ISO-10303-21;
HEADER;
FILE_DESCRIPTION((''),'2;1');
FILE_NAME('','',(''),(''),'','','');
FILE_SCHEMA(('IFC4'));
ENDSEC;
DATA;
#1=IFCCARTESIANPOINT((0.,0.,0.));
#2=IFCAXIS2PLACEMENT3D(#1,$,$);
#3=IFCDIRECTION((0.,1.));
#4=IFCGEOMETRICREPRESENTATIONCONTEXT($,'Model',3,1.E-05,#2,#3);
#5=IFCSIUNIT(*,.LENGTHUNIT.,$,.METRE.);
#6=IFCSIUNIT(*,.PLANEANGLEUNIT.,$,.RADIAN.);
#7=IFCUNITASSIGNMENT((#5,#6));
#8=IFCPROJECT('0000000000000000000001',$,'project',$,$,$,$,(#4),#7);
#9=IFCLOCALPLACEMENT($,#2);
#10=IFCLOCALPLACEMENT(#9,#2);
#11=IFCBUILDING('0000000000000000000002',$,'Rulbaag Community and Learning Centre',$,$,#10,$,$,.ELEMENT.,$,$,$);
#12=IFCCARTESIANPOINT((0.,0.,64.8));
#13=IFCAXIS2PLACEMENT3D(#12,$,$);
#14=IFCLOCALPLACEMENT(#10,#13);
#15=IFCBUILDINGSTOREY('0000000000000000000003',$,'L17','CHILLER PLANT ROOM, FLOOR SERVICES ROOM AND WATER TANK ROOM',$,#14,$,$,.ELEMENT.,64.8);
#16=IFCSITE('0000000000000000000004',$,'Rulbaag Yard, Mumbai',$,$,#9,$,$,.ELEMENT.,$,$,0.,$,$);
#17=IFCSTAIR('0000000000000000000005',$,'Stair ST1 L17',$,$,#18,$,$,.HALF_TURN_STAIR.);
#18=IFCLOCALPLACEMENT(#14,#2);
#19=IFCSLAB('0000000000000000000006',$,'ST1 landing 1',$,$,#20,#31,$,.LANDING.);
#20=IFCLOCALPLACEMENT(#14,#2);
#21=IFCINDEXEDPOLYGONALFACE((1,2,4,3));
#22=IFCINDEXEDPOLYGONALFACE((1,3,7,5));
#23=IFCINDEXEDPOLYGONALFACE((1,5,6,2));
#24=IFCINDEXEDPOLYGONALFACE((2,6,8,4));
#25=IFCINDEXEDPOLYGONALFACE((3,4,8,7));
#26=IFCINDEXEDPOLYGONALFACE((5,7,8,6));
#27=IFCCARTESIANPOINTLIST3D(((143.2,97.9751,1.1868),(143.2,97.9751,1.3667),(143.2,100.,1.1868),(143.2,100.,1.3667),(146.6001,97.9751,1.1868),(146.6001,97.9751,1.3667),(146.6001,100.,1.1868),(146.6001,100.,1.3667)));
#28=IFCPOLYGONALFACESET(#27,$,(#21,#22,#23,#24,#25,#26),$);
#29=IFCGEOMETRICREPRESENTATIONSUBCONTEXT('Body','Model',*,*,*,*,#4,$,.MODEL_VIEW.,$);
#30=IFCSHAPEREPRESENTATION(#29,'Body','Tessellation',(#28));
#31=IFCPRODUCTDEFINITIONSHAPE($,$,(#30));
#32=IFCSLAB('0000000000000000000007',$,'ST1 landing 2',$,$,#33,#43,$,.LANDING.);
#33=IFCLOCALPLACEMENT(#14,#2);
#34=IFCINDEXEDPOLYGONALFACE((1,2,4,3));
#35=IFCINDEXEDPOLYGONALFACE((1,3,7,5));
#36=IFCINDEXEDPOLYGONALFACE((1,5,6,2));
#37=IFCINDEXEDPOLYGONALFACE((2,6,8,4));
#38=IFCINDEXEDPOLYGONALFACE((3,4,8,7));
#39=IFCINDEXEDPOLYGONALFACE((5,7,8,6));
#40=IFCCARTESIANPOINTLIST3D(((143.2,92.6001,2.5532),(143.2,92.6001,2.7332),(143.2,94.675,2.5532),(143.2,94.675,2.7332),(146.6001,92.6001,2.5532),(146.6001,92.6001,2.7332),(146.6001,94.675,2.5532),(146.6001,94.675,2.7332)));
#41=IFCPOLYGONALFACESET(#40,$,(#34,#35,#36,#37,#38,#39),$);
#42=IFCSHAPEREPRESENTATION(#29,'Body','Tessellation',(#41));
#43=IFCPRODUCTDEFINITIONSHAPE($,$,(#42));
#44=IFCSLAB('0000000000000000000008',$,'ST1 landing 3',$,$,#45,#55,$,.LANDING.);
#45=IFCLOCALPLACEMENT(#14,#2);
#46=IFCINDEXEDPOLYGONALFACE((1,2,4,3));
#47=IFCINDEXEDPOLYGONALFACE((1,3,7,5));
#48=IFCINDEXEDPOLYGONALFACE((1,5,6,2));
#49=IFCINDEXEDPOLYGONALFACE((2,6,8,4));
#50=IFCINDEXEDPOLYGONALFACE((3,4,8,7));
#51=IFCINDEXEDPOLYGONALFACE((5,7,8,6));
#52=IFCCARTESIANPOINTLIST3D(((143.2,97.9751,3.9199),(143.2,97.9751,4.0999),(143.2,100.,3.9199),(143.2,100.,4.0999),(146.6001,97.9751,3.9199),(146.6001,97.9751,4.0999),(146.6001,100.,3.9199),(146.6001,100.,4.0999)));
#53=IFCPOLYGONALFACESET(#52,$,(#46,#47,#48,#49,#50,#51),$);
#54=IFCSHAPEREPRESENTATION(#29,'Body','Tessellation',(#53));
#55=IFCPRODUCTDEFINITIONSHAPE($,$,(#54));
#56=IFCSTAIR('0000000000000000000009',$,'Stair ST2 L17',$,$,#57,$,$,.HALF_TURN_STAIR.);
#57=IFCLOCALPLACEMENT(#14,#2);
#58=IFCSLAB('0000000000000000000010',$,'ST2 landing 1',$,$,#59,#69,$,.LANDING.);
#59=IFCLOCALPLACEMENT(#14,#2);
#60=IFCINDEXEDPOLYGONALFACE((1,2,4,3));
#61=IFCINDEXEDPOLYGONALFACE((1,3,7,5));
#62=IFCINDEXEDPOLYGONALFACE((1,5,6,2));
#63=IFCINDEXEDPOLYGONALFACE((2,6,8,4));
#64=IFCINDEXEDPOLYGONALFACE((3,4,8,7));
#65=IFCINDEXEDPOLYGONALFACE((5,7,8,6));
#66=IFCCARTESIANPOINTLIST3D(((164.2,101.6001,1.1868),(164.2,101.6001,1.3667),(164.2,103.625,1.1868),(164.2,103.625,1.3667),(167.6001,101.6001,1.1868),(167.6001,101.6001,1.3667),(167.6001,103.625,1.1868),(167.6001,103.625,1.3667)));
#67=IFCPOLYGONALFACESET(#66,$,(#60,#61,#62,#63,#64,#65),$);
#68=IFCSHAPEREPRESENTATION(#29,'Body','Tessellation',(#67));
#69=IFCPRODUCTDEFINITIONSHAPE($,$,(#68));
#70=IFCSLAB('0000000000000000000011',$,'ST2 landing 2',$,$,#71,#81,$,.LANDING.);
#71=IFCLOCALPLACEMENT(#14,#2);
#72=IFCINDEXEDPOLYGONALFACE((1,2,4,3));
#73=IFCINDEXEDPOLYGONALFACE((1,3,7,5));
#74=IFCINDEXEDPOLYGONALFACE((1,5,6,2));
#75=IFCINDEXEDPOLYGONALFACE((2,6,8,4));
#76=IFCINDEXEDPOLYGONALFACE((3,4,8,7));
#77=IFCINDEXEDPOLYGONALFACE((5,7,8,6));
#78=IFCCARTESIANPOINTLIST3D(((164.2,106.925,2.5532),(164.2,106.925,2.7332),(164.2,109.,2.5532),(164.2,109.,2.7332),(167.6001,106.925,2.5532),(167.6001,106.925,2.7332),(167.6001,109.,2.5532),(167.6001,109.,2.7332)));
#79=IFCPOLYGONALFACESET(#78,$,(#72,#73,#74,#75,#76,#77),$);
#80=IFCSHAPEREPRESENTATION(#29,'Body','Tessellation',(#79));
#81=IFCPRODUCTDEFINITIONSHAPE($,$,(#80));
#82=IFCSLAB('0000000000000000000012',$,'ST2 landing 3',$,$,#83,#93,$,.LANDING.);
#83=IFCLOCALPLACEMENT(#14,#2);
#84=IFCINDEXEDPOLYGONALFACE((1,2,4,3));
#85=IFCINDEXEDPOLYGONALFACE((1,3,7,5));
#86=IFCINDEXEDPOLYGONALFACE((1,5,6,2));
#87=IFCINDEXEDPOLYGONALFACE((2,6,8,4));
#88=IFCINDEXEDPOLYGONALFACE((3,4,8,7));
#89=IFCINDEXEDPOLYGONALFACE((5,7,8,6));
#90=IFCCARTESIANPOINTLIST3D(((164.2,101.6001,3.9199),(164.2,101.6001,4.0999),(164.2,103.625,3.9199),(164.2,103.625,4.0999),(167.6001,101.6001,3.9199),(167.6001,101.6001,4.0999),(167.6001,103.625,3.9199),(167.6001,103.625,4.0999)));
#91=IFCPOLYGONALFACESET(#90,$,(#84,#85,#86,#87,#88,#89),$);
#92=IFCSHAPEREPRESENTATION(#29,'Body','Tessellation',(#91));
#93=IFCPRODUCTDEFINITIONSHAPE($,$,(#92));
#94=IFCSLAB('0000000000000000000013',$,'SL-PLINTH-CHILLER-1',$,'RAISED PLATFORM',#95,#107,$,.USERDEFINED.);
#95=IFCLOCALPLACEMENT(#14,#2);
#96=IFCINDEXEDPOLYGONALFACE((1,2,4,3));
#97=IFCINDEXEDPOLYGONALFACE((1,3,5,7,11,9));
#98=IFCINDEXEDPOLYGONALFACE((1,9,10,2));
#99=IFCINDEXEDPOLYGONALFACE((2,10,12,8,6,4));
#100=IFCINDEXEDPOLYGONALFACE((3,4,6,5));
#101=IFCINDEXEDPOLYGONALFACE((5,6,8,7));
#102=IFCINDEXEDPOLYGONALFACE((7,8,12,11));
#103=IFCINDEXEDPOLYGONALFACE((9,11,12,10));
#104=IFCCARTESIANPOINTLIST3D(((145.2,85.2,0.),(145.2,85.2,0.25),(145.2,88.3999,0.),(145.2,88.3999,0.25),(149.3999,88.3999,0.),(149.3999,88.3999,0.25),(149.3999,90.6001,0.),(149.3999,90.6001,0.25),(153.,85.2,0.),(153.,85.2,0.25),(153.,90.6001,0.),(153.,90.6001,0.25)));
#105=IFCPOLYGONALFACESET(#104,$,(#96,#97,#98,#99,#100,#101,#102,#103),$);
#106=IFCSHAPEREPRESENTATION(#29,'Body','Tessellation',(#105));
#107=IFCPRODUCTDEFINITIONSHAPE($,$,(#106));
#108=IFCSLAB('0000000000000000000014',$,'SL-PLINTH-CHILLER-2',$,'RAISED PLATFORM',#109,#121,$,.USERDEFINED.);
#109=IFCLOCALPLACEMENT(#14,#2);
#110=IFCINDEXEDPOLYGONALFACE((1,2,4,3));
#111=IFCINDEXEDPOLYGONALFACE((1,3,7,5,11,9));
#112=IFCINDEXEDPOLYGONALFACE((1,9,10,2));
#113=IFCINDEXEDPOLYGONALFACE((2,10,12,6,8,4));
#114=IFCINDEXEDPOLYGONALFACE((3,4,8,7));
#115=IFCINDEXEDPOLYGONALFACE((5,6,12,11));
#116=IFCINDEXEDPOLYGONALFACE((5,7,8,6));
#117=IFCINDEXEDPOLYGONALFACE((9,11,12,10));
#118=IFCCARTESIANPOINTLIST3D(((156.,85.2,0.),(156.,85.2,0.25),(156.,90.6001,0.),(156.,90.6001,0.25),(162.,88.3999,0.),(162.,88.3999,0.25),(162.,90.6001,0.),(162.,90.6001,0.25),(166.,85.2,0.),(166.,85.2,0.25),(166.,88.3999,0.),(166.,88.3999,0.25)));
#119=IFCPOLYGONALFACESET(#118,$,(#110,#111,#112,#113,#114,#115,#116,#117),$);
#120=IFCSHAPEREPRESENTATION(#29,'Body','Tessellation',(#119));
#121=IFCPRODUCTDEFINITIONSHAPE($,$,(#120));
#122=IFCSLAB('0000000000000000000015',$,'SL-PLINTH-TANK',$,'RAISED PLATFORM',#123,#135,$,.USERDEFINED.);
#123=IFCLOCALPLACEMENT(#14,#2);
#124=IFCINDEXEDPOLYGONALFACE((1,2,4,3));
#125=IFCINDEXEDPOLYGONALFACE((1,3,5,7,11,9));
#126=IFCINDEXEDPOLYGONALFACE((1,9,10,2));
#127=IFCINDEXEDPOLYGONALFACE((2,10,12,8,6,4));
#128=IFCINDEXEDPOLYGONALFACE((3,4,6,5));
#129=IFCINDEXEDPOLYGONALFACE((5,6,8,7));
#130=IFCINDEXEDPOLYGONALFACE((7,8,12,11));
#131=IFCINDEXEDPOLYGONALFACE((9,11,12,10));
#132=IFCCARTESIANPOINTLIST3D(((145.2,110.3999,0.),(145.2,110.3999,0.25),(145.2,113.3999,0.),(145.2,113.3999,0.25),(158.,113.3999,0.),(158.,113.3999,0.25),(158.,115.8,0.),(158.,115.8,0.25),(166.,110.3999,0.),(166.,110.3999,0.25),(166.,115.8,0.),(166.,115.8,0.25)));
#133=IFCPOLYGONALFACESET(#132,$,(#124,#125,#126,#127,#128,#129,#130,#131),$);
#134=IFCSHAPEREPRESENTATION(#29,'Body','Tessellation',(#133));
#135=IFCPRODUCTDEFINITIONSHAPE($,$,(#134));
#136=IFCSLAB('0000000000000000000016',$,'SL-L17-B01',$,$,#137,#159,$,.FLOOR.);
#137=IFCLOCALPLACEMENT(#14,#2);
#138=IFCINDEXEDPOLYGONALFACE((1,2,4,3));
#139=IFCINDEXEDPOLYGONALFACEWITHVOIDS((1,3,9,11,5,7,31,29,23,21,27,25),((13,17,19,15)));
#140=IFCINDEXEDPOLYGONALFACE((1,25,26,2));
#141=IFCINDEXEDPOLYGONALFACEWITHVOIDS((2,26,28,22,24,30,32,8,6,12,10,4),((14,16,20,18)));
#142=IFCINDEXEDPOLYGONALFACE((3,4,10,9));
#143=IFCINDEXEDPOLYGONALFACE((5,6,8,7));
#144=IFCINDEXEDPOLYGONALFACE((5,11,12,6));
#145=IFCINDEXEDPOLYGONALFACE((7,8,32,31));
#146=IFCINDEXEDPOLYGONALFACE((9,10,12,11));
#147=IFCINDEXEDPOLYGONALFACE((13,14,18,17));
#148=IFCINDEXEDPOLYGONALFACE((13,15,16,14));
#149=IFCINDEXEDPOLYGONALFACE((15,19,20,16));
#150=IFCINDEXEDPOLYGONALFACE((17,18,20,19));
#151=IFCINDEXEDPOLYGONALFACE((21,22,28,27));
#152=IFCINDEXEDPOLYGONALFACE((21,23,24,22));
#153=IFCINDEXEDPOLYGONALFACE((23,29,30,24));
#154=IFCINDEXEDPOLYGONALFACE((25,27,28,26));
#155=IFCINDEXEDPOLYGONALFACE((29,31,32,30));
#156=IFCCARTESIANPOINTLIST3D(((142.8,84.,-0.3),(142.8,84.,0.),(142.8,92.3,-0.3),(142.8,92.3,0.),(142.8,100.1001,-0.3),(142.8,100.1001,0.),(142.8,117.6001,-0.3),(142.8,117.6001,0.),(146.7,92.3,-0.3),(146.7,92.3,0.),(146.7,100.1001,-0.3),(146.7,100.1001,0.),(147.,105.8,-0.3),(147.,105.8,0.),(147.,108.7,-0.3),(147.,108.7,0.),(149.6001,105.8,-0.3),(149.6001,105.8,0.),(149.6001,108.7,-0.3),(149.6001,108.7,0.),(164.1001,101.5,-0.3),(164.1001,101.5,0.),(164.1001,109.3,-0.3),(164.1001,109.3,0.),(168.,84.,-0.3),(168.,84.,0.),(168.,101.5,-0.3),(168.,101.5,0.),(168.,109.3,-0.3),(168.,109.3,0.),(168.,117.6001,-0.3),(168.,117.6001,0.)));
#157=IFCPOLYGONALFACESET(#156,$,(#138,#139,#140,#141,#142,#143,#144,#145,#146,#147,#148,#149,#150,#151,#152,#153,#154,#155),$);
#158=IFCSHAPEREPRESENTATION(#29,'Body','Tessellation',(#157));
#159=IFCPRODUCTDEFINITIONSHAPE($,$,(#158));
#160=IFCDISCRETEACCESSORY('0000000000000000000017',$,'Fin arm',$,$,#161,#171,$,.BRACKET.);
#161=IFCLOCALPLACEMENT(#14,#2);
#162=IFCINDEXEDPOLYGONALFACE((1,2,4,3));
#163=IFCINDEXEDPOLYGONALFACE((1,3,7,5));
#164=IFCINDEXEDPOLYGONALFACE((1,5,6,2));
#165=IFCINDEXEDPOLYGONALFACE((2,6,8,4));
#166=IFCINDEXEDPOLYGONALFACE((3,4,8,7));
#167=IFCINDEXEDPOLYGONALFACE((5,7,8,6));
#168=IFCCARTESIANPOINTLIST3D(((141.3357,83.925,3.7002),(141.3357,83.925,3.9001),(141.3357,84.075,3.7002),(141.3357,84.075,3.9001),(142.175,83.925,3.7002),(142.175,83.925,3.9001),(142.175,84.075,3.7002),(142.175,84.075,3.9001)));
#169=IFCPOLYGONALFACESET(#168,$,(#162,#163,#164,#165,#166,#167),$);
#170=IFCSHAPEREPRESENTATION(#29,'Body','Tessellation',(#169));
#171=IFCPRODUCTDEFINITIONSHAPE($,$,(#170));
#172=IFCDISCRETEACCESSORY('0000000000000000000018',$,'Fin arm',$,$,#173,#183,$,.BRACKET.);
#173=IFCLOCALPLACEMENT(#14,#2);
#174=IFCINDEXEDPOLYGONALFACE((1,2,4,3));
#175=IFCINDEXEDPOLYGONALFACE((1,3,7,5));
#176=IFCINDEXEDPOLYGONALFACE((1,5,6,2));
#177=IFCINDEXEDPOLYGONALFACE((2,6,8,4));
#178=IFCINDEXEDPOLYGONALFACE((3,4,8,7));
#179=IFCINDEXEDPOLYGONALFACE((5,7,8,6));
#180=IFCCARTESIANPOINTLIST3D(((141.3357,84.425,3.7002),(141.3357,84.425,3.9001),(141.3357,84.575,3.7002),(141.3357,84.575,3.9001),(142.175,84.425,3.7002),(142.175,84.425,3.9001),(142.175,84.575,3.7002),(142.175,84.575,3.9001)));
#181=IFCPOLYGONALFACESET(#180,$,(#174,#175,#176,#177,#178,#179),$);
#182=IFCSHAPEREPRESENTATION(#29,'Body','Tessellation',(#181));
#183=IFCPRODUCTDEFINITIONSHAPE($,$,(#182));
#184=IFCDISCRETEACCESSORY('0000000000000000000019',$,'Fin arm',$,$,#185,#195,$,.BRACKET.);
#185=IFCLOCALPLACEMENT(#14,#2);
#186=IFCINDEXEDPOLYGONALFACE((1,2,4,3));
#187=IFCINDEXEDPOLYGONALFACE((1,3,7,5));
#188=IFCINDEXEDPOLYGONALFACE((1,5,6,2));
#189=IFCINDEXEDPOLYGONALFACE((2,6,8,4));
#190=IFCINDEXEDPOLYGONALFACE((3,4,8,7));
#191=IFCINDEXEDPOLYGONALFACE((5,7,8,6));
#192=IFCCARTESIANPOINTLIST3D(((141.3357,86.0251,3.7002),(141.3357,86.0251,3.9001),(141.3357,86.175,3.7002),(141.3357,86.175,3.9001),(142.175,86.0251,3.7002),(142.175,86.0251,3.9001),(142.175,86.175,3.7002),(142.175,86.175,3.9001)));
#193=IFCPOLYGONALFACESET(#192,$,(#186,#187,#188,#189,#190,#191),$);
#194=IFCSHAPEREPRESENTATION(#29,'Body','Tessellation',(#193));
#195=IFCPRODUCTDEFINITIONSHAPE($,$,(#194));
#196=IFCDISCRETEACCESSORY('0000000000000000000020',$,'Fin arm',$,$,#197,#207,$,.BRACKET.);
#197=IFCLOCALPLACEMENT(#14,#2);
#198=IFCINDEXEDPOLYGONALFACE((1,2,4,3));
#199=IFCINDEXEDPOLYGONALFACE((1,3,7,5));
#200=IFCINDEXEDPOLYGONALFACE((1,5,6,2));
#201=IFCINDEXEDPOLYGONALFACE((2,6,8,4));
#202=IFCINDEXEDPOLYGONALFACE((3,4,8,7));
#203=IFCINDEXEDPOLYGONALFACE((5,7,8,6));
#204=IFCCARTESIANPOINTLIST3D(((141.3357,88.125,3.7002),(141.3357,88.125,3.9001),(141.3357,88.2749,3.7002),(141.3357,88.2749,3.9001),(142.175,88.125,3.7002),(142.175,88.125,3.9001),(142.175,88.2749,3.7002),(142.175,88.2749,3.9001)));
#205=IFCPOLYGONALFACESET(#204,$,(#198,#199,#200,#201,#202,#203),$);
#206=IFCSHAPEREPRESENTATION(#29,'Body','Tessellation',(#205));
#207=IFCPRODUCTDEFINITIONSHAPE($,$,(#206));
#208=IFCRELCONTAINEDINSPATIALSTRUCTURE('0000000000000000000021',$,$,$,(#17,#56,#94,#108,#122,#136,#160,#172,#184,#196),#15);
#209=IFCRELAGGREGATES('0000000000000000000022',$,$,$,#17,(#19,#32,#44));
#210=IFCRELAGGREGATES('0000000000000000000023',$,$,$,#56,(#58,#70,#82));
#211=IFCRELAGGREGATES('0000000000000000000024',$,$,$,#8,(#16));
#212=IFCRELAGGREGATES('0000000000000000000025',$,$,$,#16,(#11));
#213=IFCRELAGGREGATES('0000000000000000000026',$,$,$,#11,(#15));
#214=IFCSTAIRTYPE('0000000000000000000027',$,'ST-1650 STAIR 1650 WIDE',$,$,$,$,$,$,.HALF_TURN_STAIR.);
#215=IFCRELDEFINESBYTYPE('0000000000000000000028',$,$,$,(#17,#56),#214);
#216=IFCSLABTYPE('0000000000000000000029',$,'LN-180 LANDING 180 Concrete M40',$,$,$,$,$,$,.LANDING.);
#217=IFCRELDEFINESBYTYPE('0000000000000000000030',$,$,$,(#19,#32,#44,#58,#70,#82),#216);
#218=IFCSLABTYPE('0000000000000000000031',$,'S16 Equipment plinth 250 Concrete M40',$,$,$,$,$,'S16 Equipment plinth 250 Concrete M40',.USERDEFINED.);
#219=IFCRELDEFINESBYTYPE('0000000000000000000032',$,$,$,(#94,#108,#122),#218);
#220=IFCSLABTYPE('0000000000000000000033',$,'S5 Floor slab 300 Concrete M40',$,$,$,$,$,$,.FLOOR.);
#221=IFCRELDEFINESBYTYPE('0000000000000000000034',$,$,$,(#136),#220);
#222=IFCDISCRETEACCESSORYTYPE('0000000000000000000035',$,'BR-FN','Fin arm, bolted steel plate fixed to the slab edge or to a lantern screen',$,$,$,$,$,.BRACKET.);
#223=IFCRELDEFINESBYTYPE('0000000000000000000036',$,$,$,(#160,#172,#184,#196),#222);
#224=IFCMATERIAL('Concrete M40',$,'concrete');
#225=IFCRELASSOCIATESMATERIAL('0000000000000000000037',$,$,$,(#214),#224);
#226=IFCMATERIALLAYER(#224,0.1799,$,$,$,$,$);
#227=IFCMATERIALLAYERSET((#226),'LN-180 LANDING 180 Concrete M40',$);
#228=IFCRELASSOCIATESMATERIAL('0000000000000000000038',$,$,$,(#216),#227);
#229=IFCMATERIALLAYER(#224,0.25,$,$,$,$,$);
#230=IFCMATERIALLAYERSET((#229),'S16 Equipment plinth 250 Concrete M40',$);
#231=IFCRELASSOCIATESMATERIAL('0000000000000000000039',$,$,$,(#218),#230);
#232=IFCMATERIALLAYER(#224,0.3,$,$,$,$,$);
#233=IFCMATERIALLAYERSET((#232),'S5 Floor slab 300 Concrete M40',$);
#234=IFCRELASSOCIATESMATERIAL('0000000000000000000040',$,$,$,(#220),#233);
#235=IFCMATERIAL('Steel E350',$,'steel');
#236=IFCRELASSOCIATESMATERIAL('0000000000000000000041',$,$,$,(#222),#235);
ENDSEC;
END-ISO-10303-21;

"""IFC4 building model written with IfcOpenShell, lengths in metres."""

from ifc_helpers import new_model, si_unit, direction, frame, origin, origin_2d, place, context, subcontext, project, spatial, polyline, rectangle, outline, extrude, material, layer, layer_set, type_object, element, aggregate, save


model = new_model("IFC4")

# Units and contexts
model_context = context("Model", 3, precision=1e-05, world=origin(), true_north=direction((0.0, 1.0)))
body_context = subcontext(model_context, "Body", "Model", "MODEL_VIEW")
ifc_project = project(units=[si_unit("LENGTHUNIT", "METRE"), si_unit("PLANEANGLEUNIT", "RADIAN")], contexts=[model_context])

# Site, building, storey
site_placement = place(None, origin())
site = spatial("IfcSite", under=ifc_project, at=site_placement, Name="Rulbaag Yard, Mumbai", CompositionType="ELEMENT", RefElevation=0.0)
building_placement = place(site_placement, origin())
building = spatial("IfcBuilding", under=site, at=building_placement, Name="Rulbaag Community and Learning Centre", CompositionType="ELEMENT")
storey_placement = place(building_placement, frame((0.0, 0.0, 64.8)))
storey = spatial("IfcBuildingStorey", under=building, at=storey_placement, Name="L17", Description="CHILLER PLANT ROOM, FLOOR SERVICES ROOM AND WATER TANK ROOM", CompositionType="ELEMENT", Elevation=64.8)

# Stairs, slabs
ifc_material_1 = material(Name="Concrete M40", Category="concrete")
stair_type = type_object("IfcStairType", Name="ST-1650 STAIR 1650 WIDE", PredefinedType="HALF_TURN_STAIR", material=ifc_material_1)
stair_1_placement = place(storey_placement, origin())
stair_1 = element("IfcStair", 1, at=stair_1_placement, inside=storey, type_object=stair_type, Name="Stair ST1 L17", PredefinedType="HALF_TURN_STAIR")
ifc_layer_1 = layer(ifc_material_1, 0.1799)
ifc_layer_set_1 = layer_set([ifc_layer_1], Name="LN-180 LANDING 180 Concrete M40")
slab_type_1 = type_object("IfcSlabType", Name="LN-180 LANDING 180 Concrete M40", PredefinedType="LANDING", material=ifc_layer_set_1)
slab_1_placement = place(storey_placement, frame((0.0, 0.0, 1.1868)))
slab_1 = element("IfcSlab", 2, at=slab_1_placement, type_object=slab_type_1, Name="ST1 landing 1", PredefinedType="LANDING", context=body_context, shape_type="SweptSolid", body=[
    extrude(outline(polyline([(143.2, 97.9751), (143.2, 100.0), (146.6001, 100.0), (146.6001, 97.9751), (143.2, 97.9751)])), origin(), (0.0, 0.0, 1.0), 0.1799),
])
slab_2_placement = place(storey_placement, frame((0.0, 0.0, 2.5532)))
slab_2 = element("IfcSlab", 3, at=slab_2_placement, type_object=slab_type_1, Name="ST1 landing 2", PredefinedType="LANDING", context=body_context, shape_type="SweptSolid", body=[
    extrude(outline(polyline([(143.2, 92.6001), (143.2, 94.675), (146.6001, 94.675), (146.6001, 92.6001), (143.2, 92.6001)])), origin(), (0.0, 0.0, 1.0), 0.1799),
])
slab_3_placement = place(storey_placement, frame((0.0, 0.0, 3.9199)))
slab_3 = element("IfcSlab", 4, at=slab_3_placement, type_object=slab_type_1, Name="ST1 landing 3", PredefinedType="LANDING", context=body_context, shape_type="SweptSolid", body=[
    extrude(outline(polyline([(143.2, 97.9751), (143.2, 100.0), (146.6001, 100.0), (146.6001, 97.9751), (143.2, 97.9751)])), origin(), (0.0, 0.0, 1.0), 0.1799),
])
aggregate(stair_1, [slab_1, slab_2, slab_3])
stair_2_placement = place(storey_placement, origin())
stair_2 = element("IfcStair", 5, at=stair_2_placement, inside=storey, type_object=stair_type, Name="Stair ST2 L17", PredefinedType="HALF_TURN_STAIR")
slab_4_placement = place(storey_placement, frame((0.0, 0.0, 1.1868)))
slab_4 = element("IfcSlab", 6, at=slab_4_placement, type_object=slab_type_1, Name="ST2 landing 1", PredefinedType="LANDING", context=body_context, shape_type="SweptSolid", body=[
    extrude(outline(polyline([(164.2, 101.6001), (164.2, 103.625), (167.6001, 103.625), (167.6001, 101.6001), (164.2, 101.6001)])), origin(), (0.0, 0.0, 1.0), 0.1799),
])
slab_5_placement = place(storey_placement, frame((0.0, 0.0, 2.5532)))
slab_5 = element("IfcSlab", 7, at=slab_5_placement, type_object=slab_type_1, Name="ST2 landing 2", PredefinedType="LANDING", context=body_context, shape_type="SweptSolid", body=[
    extrude(outline(polyline([(164.2, 106.925), (164.2, 109.0), (167.6001, 109.0), (167.6001, 106.925), (164.2, 106.925)])), origin(), (0.0, 0.0, 1.0), 0.1799),
])
slab_6_placement = place(storey_placement, frame((0.0, 0.0, 3.9199)))
slab_6 = element("IfcSlab", 8, at=slab_6_placement, type_object=slab_type_1, Name="ST2 landing 3", PredefinedType="LANDING", context=body_context, shape_type="SweptSolid", body=[
    extrude(outline(polyline([(164.2, 101.6001), (164.2, 103.625), (167.6001, 103.625), (167.6001, 101.6001), (164.2, 101.6001)])), origin(), (0.0, 0.0, 1.0), 0.1799),
])
aggregate(stair_2, [slab_4, slab_5, slab_6])

# Slabs
ifc_layer_2 = layer(ifc_material_1, 0.25)
ifc_layer_set_2 = layer_set([ifc_layer_2], Name="S16 Equipment plinth 250 Concrete M40")
slab_type_2 = type_object("IfcSlabType", Name="S16 Equipment plinth 250 Concrete M40", ElementType="S16 Equipment plinth 250 Concrete M40", PredefinedType="USERDEFINED", material=ifc_layer_set_2)
slab_7_placement = place(storey_placement, origin())
element("IfcSlab", 9, at=slab_7_placement, inside=storey, type_object=slab_type_2, Name="SL-PLINTH-CHILLER-1", ObjectType="RAISED PLATFORM", PredefinedType="USERDEFINED", context=body_context, shape_type="SweptSolid", body=[
    extrude(outline(polyline([(145.2, 85.2), (153.0, 85.2), (153.0, 90.6001), (149.3999, 90.6001), (149.3999, 88.3999), (145.2, 88.3999), (145.2, 85.2)])), origin(), (0.0, 0.0, 1.0), 0.25),
])
slab_8_placement = place(storey_placement, origin())
element("IfcSlab", 10, at=slab_8_placement, inside=storey, type_object=slab_type_2, Name="SL-PLINTH-CHILLER-2", ObjectType="RAISED PLATFORM", PredefinedType="USERDEFINED", context=body_context, shape_type="SweptSolid", body=[
    extrude(outline(polyline([(156.0, 85.2), (166.0, 85.2), (166.0, 88.3999), (162.0, 88.3999), (162.0, 90.6001), (156.0, 90.6001), (156.0, 85.2)])), origin(), (0.0, 0.0, 1.0), 0.25),
])
slab_9_placement = place(storey_placement, origin())
element("IfcSlab", 11, at=slab_9_placement, inside=storey, type_object=slab_type_2, Name="SL-PLINTH-TANK", ObjectType="RAISED PLATFORM", PredefinedType="USERDEFINED", context=body_context, shape_type="SweptSolid", body=[
    extrude(outline(polyline([(145.2, 110.3999), (166.0, 110.3999), (166.0, 115.8), (158.0, 115.8), (158.0, 113.3999), (145.2, 113.3999), (145.2, 110.3999)])), origin(), (0.0, 0.0, 1.0), 0.25),
])
ifc_layer_3 = layer(ifc_material_1, 0.3)
ifc_layer_set_3 = layer_set([ifc_layer_3], Name="S5 Floor slab 300 Concrete M40")
slab_type_3 = type_object("IfcSlabType", Name="S5 Floor slab 300 Concrete M40", PredefinedType="FLOOR", material=ifc_layer_set_3)
slab_10_placement = place(storey_placement, frame((0.0, 0.0, -0.3)))
element("IfcSlab", 12, at=slab_10_placement, inside=storey, type_object=slab_type_3, Name="SL-L17-B01", PredefinedType="FLOOR", context=body_context, shape_type="SweptSolid", body=[
    extrude(outline(polyline([(168.0, 84.0), (142.8, 84.0), (142.8, 92.3), (146.7, 92.3), (146.7, 100.1001), (142.8, 100.1001), (142.8, 117.6001), (168.0, 117.6001), (168.0, 109.3), (164.1001, 109.3), (164.1001, 101.5), (168.0, 101.5), (168.0, 84.0)]), holes=[polyline([(147.0, 105.8), (149.6001, 105.8), (149.6001, 108.7), (147.0, 108.7), (147.0, 105.8)])]), origin(), (0.0, 0.0, 1.0), 0.3),
])

# Discrete accessories
ifc_material_2 = material(Name="Steel E350", Category="steel")
discrete_accessory_type = type_object("IfcDiscreteAccessoryType", Name="BR-FN", Description="Fin arm, bolted steel plate fixed to the slab edge or to a lantern screen", PredefinedType="BRACKET", material=ifc_material_2)
for number, where, z_axis, x_axis, name in (
    (13, (141.7554, 84.0, 3.7002), (0.0, 0.0, 1.0), (1.0, 0.0, 0.0), "Fin arm"),
    (14, (141.7554, 84.5, 3.7002), (0.0, 0.0, 1.0), (1.0, 0.0, 0.0), "Fin arm"),
    (15, (141.7554, 86.1001, 3.7002), (0.0, 0.0, 1.0), (1.0, 0.0, 0.0), "Fin arm"),
    (16, (141.7554, 88.2, 3.7002), (0.0, 0.0, 1.0), (1.0, 0.0, 0.0), "Fin arm"),
):
    element("IfcDiscreteAccessory", number, at=place(storey_placement, frame(where, z_axis=z_axis, x_axis=x_axis)), inside=storey, type_object=discrete_accessory_type, Name=name, PredefinedType="BRACKET", context=body_context, shape_type="SweptSolid", body=[
        extrude(rectangle(XDim=0.8394, YDim=0.1499, at=origin_2d()), origin(), (0.0, 0.0, 1.0), 0.2),
    ])

save(model, "model.ifc")
